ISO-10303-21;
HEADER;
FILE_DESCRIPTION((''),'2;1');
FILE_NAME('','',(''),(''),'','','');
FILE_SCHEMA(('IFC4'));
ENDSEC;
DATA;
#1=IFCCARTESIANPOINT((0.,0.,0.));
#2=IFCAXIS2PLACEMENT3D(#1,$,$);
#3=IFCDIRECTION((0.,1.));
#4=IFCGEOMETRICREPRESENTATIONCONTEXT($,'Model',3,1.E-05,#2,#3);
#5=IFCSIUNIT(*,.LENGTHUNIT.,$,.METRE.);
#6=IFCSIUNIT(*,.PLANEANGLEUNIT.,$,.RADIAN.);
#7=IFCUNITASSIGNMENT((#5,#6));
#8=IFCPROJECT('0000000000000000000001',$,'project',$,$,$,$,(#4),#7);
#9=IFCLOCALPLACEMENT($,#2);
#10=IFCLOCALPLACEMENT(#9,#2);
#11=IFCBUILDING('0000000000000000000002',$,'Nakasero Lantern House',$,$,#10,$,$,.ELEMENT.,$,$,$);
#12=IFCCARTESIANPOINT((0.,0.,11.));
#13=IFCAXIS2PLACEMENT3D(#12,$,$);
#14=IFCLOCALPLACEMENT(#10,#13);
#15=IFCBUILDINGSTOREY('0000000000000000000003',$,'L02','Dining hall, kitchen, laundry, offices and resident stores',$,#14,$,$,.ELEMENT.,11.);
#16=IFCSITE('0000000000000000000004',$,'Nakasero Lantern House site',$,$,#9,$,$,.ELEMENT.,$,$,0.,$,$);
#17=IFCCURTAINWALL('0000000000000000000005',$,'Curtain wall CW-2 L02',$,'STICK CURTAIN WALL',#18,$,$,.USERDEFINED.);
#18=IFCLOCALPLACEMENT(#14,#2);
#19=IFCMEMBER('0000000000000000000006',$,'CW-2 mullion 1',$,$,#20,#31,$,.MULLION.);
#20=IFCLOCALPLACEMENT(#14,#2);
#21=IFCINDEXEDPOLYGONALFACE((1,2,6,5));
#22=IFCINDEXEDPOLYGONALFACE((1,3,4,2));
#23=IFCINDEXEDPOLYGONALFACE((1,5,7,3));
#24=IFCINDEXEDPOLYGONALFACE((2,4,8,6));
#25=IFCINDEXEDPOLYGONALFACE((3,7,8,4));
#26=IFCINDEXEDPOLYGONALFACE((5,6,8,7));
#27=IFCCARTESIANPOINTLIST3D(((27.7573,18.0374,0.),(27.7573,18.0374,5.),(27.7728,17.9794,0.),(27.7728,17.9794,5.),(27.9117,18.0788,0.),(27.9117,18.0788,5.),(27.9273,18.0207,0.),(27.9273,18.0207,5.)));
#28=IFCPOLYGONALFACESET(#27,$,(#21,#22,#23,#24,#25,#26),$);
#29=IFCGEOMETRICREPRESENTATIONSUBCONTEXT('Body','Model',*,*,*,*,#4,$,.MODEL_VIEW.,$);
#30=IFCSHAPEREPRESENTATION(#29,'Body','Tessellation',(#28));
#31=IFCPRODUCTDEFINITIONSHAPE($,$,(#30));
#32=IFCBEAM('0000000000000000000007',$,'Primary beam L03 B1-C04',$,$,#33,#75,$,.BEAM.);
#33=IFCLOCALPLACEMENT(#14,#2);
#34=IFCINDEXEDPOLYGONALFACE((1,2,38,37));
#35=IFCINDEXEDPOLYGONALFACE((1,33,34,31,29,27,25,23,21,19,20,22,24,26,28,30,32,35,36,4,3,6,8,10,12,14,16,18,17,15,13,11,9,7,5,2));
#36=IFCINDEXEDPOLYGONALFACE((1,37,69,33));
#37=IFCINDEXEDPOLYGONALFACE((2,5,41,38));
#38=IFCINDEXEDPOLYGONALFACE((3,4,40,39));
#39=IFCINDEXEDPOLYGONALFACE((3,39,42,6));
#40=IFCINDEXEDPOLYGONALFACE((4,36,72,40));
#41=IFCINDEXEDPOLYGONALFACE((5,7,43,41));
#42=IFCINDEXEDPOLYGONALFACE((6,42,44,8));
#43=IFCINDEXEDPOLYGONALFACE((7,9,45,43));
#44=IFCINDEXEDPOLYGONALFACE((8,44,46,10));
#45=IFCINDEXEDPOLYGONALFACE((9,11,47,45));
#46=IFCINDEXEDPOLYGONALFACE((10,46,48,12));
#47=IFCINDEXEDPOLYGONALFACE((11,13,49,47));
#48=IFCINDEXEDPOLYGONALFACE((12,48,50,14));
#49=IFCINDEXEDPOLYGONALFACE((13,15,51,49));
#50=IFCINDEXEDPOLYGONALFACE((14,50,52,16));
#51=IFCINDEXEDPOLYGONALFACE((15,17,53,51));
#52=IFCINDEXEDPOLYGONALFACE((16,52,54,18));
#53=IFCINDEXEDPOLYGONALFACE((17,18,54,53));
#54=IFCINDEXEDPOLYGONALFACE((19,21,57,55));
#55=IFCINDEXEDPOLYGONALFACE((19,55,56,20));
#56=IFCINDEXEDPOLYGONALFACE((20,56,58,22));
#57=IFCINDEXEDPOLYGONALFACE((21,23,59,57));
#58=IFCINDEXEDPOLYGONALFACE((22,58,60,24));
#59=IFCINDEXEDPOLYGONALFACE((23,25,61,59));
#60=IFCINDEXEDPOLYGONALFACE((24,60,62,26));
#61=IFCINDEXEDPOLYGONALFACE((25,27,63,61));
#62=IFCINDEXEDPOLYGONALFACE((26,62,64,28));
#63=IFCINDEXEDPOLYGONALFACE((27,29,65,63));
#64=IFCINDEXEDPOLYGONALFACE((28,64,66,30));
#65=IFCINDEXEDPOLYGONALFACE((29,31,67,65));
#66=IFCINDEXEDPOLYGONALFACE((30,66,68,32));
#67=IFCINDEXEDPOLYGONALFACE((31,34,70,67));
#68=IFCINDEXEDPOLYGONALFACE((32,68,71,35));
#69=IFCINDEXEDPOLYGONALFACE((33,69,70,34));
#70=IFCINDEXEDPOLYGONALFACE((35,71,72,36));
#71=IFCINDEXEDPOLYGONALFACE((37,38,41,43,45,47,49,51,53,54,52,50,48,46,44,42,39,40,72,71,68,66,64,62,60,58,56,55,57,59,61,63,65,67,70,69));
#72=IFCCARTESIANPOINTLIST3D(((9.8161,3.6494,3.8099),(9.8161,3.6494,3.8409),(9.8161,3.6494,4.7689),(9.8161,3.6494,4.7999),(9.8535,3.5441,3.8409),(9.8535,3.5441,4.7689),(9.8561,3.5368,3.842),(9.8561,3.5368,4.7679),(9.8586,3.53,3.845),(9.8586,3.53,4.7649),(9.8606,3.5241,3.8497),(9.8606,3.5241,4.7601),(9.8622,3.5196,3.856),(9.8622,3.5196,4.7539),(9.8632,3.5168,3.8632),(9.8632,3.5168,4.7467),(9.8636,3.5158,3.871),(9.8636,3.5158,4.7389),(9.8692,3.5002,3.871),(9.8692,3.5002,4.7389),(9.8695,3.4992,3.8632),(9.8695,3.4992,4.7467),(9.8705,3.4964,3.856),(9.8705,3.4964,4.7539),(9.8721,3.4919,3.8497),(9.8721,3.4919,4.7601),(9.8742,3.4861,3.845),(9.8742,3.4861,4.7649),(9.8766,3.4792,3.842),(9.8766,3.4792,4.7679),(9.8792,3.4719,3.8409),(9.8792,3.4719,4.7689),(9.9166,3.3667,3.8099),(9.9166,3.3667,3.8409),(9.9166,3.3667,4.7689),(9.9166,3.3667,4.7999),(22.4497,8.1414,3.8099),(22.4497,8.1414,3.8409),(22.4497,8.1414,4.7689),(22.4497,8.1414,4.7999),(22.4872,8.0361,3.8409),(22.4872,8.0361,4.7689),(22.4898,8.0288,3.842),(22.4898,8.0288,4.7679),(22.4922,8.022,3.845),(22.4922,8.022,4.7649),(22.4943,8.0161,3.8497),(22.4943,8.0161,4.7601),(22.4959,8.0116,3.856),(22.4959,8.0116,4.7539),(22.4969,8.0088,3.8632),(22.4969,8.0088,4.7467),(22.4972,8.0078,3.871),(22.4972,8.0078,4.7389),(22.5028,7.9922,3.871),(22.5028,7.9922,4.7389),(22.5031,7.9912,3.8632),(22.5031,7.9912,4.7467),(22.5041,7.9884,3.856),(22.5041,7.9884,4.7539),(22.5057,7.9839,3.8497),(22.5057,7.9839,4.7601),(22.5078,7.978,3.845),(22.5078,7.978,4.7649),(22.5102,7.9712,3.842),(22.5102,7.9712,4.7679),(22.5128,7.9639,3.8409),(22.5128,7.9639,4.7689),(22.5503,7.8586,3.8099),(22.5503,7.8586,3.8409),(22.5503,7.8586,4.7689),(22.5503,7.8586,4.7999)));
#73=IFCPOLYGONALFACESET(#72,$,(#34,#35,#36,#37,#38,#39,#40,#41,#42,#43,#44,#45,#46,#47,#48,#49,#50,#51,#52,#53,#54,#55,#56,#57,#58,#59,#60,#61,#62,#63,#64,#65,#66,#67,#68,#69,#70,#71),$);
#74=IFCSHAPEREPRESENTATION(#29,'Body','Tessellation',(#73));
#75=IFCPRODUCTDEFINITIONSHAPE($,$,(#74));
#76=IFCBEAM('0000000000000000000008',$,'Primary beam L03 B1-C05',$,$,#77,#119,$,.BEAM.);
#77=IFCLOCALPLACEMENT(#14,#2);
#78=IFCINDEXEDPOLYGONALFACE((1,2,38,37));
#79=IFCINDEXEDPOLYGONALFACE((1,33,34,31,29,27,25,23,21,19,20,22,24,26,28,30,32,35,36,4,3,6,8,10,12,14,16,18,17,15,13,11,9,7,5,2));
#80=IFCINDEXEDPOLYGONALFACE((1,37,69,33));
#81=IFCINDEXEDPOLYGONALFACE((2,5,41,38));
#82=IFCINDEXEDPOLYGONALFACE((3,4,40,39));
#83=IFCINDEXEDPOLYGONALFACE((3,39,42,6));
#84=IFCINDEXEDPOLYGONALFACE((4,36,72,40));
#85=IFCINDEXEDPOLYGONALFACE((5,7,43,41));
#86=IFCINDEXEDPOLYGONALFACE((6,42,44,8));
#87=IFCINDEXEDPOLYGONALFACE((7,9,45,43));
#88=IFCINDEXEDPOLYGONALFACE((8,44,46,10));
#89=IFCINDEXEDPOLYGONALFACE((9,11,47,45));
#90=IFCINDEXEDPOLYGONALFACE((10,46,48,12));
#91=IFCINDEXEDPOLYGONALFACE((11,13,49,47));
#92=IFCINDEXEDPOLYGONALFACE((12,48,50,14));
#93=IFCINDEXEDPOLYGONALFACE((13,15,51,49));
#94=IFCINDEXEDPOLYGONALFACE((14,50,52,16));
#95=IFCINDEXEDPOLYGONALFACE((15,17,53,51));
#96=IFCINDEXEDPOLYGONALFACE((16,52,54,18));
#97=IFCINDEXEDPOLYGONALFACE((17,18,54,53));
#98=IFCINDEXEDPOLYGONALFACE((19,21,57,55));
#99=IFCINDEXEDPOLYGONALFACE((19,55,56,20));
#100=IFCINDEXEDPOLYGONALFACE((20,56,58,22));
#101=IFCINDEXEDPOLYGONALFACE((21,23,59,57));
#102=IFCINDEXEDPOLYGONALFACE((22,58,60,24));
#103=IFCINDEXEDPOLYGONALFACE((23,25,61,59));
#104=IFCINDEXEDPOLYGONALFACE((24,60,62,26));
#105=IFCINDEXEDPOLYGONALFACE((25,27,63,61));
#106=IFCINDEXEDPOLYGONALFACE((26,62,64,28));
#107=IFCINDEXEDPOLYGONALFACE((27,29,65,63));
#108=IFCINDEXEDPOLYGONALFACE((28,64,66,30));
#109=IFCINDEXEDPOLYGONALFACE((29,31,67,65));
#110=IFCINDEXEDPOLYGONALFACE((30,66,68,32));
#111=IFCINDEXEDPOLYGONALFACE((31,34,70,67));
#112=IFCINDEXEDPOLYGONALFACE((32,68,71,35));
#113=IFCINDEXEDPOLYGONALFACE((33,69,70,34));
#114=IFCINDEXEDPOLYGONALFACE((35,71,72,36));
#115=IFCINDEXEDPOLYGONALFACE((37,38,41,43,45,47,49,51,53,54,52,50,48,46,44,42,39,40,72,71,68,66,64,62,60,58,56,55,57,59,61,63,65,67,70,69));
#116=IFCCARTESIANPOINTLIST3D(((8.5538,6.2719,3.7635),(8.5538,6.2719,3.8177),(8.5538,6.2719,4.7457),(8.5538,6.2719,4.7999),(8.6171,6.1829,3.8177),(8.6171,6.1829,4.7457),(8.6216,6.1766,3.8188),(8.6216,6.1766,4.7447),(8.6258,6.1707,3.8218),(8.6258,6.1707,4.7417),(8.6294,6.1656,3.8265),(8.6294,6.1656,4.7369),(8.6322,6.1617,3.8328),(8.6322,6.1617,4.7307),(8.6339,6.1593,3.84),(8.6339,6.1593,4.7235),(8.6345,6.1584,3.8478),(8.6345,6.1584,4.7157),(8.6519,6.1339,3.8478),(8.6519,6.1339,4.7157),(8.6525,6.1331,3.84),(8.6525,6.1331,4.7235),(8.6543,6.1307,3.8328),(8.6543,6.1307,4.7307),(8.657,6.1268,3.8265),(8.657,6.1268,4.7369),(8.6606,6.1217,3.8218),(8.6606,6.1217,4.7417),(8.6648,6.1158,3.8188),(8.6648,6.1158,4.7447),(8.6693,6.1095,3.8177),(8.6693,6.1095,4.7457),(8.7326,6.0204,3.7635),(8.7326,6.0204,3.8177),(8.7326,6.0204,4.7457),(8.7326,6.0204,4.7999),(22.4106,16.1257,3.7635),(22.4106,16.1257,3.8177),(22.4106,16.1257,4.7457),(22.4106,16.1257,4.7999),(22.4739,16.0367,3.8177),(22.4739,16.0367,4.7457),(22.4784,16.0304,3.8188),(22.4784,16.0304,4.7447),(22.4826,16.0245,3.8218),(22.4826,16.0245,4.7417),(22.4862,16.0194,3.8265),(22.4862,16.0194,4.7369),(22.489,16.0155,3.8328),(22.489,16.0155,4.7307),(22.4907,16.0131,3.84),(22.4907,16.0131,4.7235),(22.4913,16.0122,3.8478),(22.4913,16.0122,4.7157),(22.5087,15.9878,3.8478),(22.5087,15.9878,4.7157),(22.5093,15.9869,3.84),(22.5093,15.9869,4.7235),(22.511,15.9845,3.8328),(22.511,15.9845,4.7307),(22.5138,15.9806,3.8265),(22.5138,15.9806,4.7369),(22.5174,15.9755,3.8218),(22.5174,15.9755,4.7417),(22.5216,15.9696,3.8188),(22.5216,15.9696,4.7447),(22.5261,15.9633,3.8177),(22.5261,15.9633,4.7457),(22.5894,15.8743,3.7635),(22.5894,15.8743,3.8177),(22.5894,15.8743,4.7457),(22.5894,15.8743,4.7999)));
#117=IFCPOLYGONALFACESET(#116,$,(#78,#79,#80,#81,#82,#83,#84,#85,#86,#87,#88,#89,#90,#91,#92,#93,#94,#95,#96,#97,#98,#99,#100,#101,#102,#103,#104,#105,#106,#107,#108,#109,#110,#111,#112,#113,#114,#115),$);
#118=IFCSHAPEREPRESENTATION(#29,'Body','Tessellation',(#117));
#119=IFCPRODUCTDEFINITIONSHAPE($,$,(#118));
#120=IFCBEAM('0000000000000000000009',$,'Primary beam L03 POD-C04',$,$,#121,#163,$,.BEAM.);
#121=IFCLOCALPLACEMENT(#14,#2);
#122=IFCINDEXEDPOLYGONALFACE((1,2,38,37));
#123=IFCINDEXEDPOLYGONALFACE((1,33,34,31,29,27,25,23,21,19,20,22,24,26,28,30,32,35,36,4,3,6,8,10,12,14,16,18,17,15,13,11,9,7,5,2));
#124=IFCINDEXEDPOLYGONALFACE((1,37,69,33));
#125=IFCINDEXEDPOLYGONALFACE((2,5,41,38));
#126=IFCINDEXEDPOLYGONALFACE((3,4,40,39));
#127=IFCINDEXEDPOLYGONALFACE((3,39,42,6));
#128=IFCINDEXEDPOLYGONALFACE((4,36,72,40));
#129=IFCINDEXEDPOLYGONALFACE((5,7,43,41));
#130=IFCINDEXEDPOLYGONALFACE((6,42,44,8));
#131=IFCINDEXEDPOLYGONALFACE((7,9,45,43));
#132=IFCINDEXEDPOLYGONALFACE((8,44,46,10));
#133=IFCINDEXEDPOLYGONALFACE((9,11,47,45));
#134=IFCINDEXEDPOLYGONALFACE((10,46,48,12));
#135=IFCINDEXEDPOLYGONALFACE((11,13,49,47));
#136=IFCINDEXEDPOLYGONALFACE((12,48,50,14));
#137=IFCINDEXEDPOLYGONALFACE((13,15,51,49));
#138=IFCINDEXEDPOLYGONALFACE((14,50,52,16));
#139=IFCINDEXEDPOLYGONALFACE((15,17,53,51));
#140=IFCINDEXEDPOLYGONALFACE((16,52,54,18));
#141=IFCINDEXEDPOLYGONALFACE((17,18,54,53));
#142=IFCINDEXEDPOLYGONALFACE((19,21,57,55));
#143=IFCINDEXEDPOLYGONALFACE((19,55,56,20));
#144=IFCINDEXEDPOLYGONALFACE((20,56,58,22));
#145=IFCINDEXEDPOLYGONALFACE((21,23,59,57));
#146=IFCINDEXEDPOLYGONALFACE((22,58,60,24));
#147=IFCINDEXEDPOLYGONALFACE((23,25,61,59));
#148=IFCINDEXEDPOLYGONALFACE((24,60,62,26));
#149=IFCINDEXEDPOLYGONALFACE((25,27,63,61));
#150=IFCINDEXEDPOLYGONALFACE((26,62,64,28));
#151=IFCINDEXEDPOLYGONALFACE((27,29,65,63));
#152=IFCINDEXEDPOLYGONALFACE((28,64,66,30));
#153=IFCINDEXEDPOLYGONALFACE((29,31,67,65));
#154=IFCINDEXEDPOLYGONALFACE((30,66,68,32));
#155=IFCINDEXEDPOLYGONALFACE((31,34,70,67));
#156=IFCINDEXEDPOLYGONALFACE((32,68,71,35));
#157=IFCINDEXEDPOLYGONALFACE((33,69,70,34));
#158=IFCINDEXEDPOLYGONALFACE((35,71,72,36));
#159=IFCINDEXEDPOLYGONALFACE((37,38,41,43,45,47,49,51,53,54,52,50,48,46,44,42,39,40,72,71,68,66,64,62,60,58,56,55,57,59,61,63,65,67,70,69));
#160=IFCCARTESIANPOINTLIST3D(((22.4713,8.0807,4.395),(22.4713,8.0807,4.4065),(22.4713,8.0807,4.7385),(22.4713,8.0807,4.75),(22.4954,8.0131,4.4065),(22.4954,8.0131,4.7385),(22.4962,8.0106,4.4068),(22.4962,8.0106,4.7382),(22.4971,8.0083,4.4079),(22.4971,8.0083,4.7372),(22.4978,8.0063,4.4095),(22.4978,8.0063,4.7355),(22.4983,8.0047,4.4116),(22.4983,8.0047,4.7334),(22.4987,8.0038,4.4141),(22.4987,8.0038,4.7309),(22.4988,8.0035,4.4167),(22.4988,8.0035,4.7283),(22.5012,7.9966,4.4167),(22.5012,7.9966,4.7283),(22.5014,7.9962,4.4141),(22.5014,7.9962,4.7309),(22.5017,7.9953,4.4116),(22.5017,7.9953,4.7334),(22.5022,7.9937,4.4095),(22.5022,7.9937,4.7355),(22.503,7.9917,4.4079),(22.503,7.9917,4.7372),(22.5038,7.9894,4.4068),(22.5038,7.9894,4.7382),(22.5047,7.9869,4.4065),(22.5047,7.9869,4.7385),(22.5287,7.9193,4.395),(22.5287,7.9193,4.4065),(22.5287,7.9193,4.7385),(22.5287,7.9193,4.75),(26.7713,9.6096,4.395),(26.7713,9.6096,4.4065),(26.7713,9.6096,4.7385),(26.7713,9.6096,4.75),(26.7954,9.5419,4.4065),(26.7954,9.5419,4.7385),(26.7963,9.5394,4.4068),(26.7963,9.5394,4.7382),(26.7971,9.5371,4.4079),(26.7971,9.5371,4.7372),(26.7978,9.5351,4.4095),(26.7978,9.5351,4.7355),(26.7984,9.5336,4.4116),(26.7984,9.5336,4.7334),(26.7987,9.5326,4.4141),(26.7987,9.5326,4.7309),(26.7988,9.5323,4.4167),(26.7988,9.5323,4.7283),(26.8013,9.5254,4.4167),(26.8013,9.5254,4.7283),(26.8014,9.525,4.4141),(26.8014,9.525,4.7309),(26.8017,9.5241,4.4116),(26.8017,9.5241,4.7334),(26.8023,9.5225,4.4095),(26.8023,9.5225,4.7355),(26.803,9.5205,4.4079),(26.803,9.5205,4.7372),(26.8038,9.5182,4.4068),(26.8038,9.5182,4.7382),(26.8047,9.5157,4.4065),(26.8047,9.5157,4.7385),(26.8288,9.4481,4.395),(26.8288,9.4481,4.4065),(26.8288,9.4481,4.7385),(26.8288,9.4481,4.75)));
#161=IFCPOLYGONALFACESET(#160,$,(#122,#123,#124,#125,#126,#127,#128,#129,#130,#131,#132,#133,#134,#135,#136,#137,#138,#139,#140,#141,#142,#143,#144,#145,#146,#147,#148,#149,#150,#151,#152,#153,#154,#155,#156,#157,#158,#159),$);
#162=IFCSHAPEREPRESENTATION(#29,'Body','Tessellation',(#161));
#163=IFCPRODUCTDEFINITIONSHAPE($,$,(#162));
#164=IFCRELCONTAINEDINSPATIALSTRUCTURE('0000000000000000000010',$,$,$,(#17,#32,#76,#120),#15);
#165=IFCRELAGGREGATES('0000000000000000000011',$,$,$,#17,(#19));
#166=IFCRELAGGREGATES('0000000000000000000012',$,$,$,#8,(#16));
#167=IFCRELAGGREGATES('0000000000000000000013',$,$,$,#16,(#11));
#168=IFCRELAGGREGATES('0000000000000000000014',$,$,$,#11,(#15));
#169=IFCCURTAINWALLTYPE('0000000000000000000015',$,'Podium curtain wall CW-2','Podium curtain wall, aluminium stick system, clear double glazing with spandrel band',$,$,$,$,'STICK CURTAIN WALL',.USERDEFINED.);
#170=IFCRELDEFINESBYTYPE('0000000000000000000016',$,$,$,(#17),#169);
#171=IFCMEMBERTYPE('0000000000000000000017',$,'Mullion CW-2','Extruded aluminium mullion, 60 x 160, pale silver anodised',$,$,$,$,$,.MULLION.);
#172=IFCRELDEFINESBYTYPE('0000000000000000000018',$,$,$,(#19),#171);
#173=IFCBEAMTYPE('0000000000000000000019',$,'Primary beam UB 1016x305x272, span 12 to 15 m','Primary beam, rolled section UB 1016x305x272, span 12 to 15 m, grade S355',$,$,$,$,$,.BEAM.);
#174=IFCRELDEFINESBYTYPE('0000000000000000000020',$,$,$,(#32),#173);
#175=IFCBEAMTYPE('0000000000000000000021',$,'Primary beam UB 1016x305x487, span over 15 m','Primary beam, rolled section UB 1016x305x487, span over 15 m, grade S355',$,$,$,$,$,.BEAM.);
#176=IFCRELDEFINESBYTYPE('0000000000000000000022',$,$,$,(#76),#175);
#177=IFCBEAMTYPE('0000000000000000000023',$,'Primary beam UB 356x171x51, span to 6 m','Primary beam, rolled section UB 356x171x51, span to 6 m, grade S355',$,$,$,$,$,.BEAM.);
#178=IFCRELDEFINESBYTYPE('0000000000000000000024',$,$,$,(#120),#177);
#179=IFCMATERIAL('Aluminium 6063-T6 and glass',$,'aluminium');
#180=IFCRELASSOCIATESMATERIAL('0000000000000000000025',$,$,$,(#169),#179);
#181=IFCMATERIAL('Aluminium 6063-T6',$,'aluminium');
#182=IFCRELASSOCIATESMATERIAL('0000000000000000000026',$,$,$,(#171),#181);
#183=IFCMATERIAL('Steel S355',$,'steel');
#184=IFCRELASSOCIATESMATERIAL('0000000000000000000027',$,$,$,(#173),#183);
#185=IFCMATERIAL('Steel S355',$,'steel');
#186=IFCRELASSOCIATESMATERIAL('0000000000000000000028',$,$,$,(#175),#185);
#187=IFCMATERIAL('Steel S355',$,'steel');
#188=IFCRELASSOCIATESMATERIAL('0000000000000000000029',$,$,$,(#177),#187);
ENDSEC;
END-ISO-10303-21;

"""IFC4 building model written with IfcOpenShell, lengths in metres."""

from ifc_helpers import new_model, si_unit, direction, frame, origin, origin_2d, place, context, subcontext, project, spatial, rectangle, i_section, extrude, material, material_profile, profile_set, type_object, element, aggregate, save


model = new_model("IFC4")

# Units and contexts
model_context = context("Model", 3, precision=1e-05, world=origin(), true_north=direction((0.0, 1.0)))
body_context = subcontext(model_context, "Body", "Model", "MODEL_VIEW")
ifc_project = project(units=[si_unit("LENGTHUNIT", "METRE"), si_unit("PLANEANGLEUNIT", "RADIAN")], contexts=[model_context])

# Site, building, storey
site_placement = place(None, origin())
site = spatial("IfcSite", under=ifc_project, at=site_placement, Name="Nakasero Lantern House site", CompositionType="ELEMENT", RefElevation=0.0)
building_placement = place(site_placement, origin())
building = spatial("IfcBuilding", under=site, at=building_placement, Name="Nakasero Lantern House", CompositionType="ELEMENT")
storey_placement = place(building_placement, frame((0.0, 0.0, 11.0)))
storey = spatial("IfcBuildingStorey", under=building, at=storey_placement, Name="L02", Description="Dining hall, kitchen, laundry, offices and resident stores", CompositionType="ELEMENT", Elevation=11.0)

# Shared definitions
ifc_material_1 = material(Name="Aluminium 6063-T6 and glass", Category="aluminium")
curtain_wall_type = type_object("IfcCurtainWallType", Name="Podium curtain wall CW-2", Description="Podium curtain wall, aluminium stick system, clear double glazing with spandrel band", ElementType="STICK CURTAIN WALL", PredefinedType="USERDEFINED", material=ifc_material_1)
ifc_material_2 = material(Name="Aluminium 6063-T6", Category="aluminium")
ifc_material_profile_1 = material_profile(ifc_material_2, rectangle(XDim=0.0601, YDim=0.1599, at=origin_2d()), Name="CW-2 mullion 60x160")
ifc_profile_set_1 = profile_set([ifc_material_profile_1], Name="Aluminium 6063-T6")
member_type_1 = type_object("IfcMemberType", Name="Mullion CW-2", Description="Extruded aluminium mullion, 60 x 160, pale silver anodised", PredefinedType="MULLION", material=ifc_profile_set_1)

# Curtain wall, member
curtain_wall_1_placement = place(storey_placement, origin())
curtain_wall_1 = element("IfcCurtainWall", 1, at=curtain_wall_1_placement, inside=storey, type_object=curtain_wall_type, Name="Curtain wall CW-2 L02", ObjectType="STICK CURTAIN WALL", PredefinedType="USERDEFINED")
member_1_placement = place(storey_placement, frame((27.8423, 18.0291, 0.0), z_axis=(0.0, 0.0, 1.0), x_axis=(-0.258819, 0.965926, 0.0)))
member_1 = element("IfcMember", 2, at=member_1_placement, type_object=member_type_1, Name="CW-2 mullion 1", PredefinedType="MULLION", context=body_context, shape_type="SweptSolid", body=[
    extrude(rectangle(XDim=0.0601, YDim=0.1599, at=origin_2d()), origin(), (0.0, 0.0, 1.0), 5.0),
])
aggregate(curtain_wall_1, [member_1])

# Beams
ifc_material_3 = material(Name="Steel S355", Category="steel")
ifc_material_profile_2 = material_profile(ifc_material_3, i_section(OverallWidth=0.3, OverallDepth=0.99, WebThickness=0.0166, FlangeThickness=0.031, FilletRadius=0.03, at=origin_2d()), Name="UB 1016x305x272")
ifc_profile_set_2 = profile_set([ifc_material_profile_2], Name="Steel S355")
beam_type_1 = type_object("IfcBeamType", Name="Primary beam UB 1016x305x272, span 12 to 15 m", Description="Primary beam, rolled section UB 1016x305x272, span 12 to 15 m, grade S355", PredefinedType="BEAM", material=ifc_profile_set_2)
beam_1_placement = place(storey_placement, frame((22.5, 8.0, 4.3049), z_axis=(-0.942214, -0.335011, 0.0), x_axis=(0.335011, -0.942214, 0.0)))
element("IfcBeam", 3, at=beam_1_placement, inside=storey, type_object=beam_type_1, Name="Primary beam L03 B1-C04", PredefinedType="BEAM", context=body_context, shape_type="SweptSolid", body=[
    extrude(i_section(OverallWidth=0.3, OverallDepth=0.99, WebThickness=0.0166, FlangeThickness=0.031, FilletRadius=0.03, at=origin_2d()), origin(), (0.0, 0.0, 1.0), 13.4084),
])
ifc_material_4 = material(Name="Steel S355", Category="steel")
ifc_material_profile_3 = material_profile(ifc_material_4, i_section(OverallWidth=0.3086, OverallDepth=1.0364, WebThickness=0.03, FlangeThickness=0.0542, FilletRadius=0.03, at=origin_2d()), Name="UB 1016x305x487")
ifc_profile_set_3 = profile_set([ifc_material_profile_3], Name="Steel S355")
beam_type_2 = type_object("IfcBeamType", Name="Primary beam UB 1016x305x487, span over 15 m", Description="Primary beam, rolled section UB 1016x305x487, span over 15 m, grade S355", PredefinedType="BEAM", material=ifc_profile_set_3)
beam_2_placement = place(storey_placement, frame((22.5, 16.0, 4.2817), z_axis=(-0.814952, -0.579528, 0.0), x_axis=(0.579528, -0.814952, 0.0)))
element("IfcBeam", 4, at=beam_2_placement, inside=storey, type_object=beam_type_2, Name="Primary beam L03 B1-C05", PredefinedType="BEAM", context=body_context, shape_type="SweptSolid", body=[
    extrude(i_section(OverallWidth=0.3086, OverallDepth=1.0364, WebThickness=0.03, FlangeThickness=0.0542, FilletRadius=0.03, at=origin_2d()), origin(), (0.0, 0.0, 1.0), 17.0032),
])
ifc_material_5 = material(Name="Steel S355", Category="steel")
ifc_material_profile_4 = material_profile(ifc_material_5, i_section(OverallWidth=0.1714, OverallDepth=0.355, WebThickness=0.0073, FlangeThickness=0.0115, FilletRadius=0.0103, at=origin_2d()), Name="UB 356x171x51")
ifc_profile_set_4 = profile_set([ifc_material_profile_4], Name="Steel S355")
beam_type_3 = type_object("IfcBeamType", Name="Primary beam UB 356x171x51, span to 6 m", Description="Primary beam, rolled section UB 356x171x51, span to 6 m, grade S355", PredefinedType="BEAM", material=ifc_profile_set_4)
beam_3_placement = place(storey_placement, frame((26.8, 9.5288, 4.5725), z_axis=(-0.942221, -0.334991, 0.0), x_axis=(0.334991, -0.942221, 0.0)))
element("IfcBeam", 5, at=beam_3_placement, inside=storey, type_object=beam_type_3, Name="Primary beam L03 POD-C04", PredefinedType="BEAM", context=body_context, shape_type="SweptSolid", body=[
    extrude(i_section(OverallWidth=0.1714, OverallDepth=0.355, WebThickness=0.0073, FlangeThickness=0.0115, FilletRadius=0.0103, at=origin_2d()), origin(), (0.0, 0.0, 1.0), 4.5637),
])

save(model, "model.ifc")
